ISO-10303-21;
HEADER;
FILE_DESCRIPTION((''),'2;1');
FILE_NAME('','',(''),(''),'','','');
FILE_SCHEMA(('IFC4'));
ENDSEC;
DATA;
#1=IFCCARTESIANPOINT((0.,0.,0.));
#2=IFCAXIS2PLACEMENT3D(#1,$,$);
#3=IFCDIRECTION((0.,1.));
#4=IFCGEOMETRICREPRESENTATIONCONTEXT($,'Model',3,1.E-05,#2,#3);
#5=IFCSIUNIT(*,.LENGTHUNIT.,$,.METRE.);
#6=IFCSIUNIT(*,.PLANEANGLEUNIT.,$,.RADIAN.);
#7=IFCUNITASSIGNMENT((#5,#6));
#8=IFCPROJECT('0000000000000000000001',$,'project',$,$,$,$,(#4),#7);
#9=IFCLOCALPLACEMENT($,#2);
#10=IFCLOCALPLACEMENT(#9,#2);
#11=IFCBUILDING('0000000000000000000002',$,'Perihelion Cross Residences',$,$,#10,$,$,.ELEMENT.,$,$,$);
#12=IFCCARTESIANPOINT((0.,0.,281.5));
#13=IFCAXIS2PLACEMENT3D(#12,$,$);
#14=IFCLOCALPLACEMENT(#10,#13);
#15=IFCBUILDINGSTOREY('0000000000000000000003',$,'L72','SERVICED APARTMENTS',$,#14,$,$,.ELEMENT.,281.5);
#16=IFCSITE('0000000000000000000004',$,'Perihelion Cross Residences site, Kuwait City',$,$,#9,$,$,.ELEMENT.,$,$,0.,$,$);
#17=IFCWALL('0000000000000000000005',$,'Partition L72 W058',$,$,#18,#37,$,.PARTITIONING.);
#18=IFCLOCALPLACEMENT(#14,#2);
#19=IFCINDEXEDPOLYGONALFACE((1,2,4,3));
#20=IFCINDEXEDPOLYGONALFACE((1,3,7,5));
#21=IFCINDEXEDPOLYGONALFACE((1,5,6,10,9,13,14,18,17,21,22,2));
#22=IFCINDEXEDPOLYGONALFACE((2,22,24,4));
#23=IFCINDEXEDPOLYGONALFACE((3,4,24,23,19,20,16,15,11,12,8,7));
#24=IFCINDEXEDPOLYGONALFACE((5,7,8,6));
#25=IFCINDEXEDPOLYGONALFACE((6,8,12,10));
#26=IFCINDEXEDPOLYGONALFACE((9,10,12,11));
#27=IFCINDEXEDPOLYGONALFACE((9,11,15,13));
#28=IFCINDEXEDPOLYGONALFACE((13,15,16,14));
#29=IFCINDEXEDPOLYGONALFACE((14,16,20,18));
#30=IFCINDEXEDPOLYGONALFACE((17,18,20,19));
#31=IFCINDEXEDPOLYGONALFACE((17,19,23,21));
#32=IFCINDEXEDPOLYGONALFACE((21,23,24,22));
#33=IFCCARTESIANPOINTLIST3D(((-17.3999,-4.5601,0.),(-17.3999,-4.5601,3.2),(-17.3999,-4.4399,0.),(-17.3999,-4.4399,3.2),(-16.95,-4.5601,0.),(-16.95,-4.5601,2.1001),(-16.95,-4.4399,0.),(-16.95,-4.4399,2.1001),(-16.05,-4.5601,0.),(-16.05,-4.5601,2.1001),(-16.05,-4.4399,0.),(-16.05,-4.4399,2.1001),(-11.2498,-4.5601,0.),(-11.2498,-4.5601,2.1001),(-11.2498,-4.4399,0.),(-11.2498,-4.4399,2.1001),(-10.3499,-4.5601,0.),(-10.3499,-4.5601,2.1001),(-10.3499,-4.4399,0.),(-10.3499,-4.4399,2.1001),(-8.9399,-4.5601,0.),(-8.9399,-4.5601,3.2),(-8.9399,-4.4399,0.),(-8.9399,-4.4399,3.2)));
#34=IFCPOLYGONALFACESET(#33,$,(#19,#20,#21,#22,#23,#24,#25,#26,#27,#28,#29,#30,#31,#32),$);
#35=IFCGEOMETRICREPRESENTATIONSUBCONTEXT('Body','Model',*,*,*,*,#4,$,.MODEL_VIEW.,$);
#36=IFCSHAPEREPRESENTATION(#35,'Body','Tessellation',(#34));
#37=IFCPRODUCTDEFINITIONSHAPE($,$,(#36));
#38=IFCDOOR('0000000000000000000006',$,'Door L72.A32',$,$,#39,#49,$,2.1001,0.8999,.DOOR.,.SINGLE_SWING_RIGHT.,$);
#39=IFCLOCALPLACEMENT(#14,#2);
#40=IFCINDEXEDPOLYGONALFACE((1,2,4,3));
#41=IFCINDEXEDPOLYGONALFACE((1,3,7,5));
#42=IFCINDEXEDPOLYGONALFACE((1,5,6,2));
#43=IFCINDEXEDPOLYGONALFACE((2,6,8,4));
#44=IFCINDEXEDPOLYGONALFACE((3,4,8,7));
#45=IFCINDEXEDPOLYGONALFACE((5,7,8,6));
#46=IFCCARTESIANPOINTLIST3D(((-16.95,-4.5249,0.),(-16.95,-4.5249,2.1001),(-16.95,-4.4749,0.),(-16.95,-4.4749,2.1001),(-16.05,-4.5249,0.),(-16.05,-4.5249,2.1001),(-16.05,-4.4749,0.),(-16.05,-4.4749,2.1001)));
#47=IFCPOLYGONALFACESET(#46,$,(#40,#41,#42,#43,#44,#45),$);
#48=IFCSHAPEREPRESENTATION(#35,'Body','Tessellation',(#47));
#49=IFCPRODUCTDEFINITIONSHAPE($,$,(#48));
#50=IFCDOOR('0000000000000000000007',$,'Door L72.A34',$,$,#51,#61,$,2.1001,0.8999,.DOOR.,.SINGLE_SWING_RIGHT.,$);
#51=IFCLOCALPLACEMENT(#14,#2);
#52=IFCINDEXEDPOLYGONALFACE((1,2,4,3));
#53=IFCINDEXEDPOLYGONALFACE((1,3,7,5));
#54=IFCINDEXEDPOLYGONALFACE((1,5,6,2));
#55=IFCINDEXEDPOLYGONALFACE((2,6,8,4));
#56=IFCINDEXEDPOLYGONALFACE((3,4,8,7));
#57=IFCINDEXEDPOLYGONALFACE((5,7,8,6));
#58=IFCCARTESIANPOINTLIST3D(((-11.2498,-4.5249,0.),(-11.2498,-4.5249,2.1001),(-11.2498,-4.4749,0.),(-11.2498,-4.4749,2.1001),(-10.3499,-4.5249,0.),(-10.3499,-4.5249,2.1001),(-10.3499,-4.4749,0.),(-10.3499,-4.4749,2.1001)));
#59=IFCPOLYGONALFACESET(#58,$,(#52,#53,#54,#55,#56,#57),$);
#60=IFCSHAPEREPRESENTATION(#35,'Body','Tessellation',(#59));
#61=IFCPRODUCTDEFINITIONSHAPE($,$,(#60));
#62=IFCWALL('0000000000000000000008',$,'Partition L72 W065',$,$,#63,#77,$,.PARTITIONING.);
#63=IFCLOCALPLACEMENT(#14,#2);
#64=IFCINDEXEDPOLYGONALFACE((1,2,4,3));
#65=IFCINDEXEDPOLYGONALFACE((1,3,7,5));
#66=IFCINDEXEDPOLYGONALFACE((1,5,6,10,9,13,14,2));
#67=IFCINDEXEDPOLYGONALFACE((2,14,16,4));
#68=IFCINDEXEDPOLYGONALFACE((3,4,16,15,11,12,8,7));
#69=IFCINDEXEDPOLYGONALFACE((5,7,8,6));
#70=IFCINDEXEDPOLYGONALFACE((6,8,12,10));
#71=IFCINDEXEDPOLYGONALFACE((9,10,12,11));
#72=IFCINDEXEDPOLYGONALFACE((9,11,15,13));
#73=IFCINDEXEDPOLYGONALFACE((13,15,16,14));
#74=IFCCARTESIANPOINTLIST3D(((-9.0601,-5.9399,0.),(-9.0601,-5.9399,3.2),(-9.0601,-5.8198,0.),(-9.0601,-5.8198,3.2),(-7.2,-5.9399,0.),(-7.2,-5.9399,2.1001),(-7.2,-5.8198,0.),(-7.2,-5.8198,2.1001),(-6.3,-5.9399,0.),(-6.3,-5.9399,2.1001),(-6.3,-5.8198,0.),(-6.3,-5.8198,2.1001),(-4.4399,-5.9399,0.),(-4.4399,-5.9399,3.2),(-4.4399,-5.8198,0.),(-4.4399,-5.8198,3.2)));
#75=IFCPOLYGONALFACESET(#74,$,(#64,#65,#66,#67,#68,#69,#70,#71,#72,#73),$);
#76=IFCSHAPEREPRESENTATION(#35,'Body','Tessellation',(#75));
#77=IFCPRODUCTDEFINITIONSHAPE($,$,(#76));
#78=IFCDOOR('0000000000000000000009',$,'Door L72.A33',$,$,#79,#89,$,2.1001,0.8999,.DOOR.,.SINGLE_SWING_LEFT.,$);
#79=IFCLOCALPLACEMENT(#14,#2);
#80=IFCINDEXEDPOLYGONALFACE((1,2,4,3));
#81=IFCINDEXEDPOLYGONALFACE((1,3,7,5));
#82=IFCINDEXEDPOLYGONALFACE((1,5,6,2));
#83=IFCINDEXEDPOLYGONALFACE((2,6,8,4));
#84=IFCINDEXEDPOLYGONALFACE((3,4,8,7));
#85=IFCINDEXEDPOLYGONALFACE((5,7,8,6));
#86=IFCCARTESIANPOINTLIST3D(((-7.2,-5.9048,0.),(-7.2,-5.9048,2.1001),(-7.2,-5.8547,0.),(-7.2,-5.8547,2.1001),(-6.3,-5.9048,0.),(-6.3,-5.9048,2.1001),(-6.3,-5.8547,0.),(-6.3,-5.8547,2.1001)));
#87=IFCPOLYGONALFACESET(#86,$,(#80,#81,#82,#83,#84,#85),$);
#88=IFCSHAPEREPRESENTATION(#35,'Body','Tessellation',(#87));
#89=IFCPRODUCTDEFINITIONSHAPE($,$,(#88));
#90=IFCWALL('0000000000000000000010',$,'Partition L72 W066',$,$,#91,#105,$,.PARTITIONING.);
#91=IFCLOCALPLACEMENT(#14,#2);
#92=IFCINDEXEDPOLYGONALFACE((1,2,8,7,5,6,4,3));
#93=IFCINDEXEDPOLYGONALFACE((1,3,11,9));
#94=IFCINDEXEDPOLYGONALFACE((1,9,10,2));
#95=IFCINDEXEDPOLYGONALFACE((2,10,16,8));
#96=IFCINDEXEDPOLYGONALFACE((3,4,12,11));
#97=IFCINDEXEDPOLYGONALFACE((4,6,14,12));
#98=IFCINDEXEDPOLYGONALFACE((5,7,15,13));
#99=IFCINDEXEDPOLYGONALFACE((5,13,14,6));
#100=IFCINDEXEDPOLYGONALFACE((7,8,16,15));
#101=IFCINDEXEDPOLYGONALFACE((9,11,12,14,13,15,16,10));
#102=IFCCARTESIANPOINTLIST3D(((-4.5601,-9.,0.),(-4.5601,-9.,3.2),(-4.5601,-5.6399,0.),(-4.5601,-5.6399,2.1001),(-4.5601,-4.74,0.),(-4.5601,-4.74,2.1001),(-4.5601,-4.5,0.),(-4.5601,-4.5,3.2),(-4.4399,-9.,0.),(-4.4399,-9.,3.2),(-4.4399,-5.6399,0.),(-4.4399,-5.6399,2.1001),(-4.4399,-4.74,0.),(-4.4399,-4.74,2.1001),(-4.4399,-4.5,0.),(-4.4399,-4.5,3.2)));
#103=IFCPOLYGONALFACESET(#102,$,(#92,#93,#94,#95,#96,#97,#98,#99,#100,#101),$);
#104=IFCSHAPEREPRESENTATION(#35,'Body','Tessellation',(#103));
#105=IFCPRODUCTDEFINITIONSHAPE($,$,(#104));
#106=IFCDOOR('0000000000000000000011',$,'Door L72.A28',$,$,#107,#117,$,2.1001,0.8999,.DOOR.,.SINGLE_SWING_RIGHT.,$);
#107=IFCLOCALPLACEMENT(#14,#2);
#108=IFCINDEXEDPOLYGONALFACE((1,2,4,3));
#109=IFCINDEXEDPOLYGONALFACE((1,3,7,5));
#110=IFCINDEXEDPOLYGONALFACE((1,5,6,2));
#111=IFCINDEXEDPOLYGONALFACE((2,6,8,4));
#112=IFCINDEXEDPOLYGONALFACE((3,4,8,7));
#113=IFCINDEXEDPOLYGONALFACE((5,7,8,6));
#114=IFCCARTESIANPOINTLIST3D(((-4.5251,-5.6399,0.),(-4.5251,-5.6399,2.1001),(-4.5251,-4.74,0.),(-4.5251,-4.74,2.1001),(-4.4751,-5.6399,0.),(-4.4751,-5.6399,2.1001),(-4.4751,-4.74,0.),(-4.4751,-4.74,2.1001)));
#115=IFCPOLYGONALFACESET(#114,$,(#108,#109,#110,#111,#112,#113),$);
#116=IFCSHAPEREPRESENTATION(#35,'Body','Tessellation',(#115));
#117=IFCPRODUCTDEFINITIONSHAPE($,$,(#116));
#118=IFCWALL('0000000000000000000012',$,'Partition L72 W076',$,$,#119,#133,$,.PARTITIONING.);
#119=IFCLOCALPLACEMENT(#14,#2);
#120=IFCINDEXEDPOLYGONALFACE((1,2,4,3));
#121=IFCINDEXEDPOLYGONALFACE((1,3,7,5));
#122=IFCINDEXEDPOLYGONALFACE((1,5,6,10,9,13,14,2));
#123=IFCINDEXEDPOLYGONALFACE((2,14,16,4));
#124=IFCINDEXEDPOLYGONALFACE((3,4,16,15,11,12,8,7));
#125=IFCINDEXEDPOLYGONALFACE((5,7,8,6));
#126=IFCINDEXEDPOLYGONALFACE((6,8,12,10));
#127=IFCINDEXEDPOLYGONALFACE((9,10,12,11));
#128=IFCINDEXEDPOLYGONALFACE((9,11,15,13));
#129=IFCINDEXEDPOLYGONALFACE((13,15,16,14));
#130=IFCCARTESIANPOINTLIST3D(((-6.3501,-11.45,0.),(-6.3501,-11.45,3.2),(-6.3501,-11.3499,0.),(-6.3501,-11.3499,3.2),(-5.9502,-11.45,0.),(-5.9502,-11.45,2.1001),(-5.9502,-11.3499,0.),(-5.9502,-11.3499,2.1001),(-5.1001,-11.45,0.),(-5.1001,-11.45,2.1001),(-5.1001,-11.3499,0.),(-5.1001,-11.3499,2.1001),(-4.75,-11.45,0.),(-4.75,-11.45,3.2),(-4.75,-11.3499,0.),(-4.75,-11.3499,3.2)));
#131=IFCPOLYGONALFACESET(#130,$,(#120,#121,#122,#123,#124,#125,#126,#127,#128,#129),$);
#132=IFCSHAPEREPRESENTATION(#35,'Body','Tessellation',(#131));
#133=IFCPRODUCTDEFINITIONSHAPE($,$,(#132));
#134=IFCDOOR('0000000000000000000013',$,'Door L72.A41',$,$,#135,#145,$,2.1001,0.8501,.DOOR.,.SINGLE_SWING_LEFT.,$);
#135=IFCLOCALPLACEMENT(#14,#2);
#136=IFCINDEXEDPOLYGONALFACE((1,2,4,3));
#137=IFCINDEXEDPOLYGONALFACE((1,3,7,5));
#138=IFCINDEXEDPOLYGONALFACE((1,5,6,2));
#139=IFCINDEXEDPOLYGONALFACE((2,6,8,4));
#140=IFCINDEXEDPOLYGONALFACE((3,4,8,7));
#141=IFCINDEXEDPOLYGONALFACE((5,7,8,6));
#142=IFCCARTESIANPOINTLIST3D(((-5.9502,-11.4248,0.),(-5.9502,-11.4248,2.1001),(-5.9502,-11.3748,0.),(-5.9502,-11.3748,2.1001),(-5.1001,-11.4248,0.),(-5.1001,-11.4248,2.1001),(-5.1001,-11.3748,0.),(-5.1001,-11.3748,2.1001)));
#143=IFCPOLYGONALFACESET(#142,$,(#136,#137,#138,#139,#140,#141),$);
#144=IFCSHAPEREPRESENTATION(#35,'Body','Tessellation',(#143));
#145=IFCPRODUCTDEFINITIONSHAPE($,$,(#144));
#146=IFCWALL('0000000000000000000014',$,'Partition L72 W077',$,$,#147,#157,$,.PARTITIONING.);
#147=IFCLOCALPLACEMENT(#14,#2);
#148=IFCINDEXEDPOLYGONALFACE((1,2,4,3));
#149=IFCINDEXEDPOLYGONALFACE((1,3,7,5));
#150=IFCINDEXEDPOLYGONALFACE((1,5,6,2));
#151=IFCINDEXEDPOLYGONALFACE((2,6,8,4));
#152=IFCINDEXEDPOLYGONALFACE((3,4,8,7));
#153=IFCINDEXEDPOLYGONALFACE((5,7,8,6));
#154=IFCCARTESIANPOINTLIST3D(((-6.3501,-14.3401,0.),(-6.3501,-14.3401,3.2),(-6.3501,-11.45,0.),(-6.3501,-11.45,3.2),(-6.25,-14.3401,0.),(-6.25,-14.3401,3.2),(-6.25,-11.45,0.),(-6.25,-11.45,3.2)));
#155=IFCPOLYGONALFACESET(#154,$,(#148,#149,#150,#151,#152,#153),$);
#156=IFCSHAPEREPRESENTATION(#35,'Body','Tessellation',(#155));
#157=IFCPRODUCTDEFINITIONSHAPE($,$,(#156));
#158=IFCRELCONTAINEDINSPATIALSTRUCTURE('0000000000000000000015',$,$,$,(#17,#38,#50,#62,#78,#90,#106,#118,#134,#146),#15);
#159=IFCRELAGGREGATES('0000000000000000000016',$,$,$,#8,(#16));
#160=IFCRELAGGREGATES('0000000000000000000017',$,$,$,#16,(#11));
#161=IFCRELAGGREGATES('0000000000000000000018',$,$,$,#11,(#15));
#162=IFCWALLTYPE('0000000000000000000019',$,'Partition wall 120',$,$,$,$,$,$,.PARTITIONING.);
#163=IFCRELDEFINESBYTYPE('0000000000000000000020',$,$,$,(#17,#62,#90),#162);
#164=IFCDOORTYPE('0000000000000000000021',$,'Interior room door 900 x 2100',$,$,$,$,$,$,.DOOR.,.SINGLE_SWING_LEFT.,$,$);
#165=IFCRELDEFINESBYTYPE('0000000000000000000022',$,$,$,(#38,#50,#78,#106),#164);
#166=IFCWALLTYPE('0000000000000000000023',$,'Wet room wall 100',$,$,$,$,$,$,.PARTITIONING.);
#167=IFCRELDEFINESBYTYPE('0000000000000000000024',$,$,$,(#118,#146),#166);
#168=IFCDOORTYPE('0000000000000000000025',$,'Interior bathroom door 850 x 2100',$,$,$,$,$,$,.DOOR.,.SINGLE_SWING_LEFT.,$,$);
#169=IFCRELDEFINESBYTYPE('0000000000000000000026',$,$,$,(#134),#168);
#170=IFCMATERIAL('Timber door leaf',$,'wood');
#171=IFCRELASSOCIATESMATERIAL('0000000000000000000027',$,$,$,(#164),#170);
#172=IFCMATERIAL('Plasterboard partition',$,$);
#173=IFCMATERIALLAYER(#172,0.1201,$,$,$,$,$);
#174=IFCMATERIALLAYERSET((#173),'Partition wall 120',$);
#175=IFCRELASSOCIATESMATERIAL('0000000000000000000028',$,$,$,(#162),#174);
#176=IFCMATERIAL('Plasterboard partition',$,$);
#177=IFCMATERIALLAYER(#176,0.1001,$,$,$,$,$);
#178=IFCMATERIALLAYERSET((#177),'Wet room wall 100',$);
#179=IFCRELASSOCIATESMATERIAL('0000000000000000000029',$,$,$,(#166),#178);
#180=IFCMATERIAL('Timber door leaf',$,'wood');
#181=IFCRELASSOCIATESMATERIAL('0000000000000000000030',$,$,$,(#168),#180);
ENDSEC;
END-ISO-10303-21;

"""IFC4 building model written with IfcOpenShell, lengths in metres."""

from ifc_helpers import new_model, si_unit, direction, frame, frame_2d, origin, place, context, subcontext, project, spatial, rectangle, extrude, material, layer, layer_set, type_object, element, fill, save


model = new_model("IFC4")

# Units and contexts
model_context = context("Model", 3, precision=1e-05, world=origin(), true_north=direction((0.0, 1.0)))
body_context = subcontext(model_context, "Body", "Model", "MODEL_VIEW")
ifc_project = project(units=[si_unit("LENGTHUNIT", "METRE"), si_unit("PLANEANGLEUNIT", "RADIAN")], contexts=[model_context])

# Site, building, storey
site_placement = place(None, origin())
site = spatial("IfcSite", under=ifc_project, at=site_placement, Name="Perihelion Cross Residences site, Kuwait City", CompositionType="ELEMENT", RefElevation=0.0)
building_placement = place(site_placement, origin())
building = spatial("IfcBuilding", under=site, at=building_placement, Name="Perihelion Cross Residences", CompositionType="ELEMENT")
storey_placement = place(building_placement, frame((0.0, 0.0, 281.5)))
storey = spatial("IfcBuildingStorey", under=building, at=storey_placement, Name="L72", Description="SERVICED APARTMENTS", CompositionType="ELEMENT", Elevation=281.5)

# Shared definitions
ifc_material_1 = material(Name="Timber door leaf", Category="wood")
door_type_1 = type_object("IfcDoorType", Name="Interior room door 900 x 2100", OperationType="SINGLE_SWING_LEFT", PredefinedType="DOOR", material=ifc_material_1)

# Shared definitions
ifc_material_2 = material(Name="Plasterboard partition")
ifc_layer_1 = layer(ifc_material_2, 0.1201)
ifc_layer_set_1 = layer_set([ifc_layer_1], Name="Partition wall 120")
wall_type_1 = type_object("IfcWallType", Name="Partition wall 120", PredefinedType="PARTITIONING", material=ifc_layer_set_1)

# Wall, openings, doors
wall_1_placement = place(storey_placement, frame((-8.9399, -4.5, 0.0), z_axis=(0.0, 0.0, 1.0), x_axis=(-1.0, 0.0, 0.0)))
wall_1 = element("IfcWall", 1, at=wall_1_placement, inside=storey, type_object=wall_type_1, Name="Partition L72 W058", PredefinedType="PARTITIONING", context=body_context, shape_type="SweptSolid", body=[
    extrude(rectangle(XDim=8.46, YDim=0.1201, at=frame_2d((4.23, 0.0))), origin(), (0.0, 0.0, 1.0), 3.2),
])
opening_1_placement = place(wall_1_placement, frame((7.1101, 0.0, 0.0)))
opening_1 = element("IfcOpeningElement", 2, at=opening_1_placement, cuts=wall_1, PredefinedType="OPENING", context=body_context, shape_type="SweptSolid", body=[
    extrude(rectangle(XDim=0.8999, YDim=2.1001, at=frame_2d((0.45, 1.05))), frame((0.0, 0.0701, 0.0), z_axis=(0.0, -1.0, 0.0), x_axis=(1.0, 0.0, 0.0)), (0.0, 0.0, 1.0), 0.1401),
])
opening_2_placement = place(wall_1_placement, frame((1.4099, 0.0, 0.0)))
opening_2 = element("IfcOpeningElement", 3, at=opening_2_placement, cuts=wall_1, PredefinedType="OPENING", context=body_context, shape_type="SweptSolid", body=[
    extrude(rectangle(XDim=0.8999, YDim=2.1001, at=frame_2d((0.45, 1.05))), frame((0.0, 0.0701, 0.0), z_axis=(0.0, -1.0, 0.0), x_axis=(1.0, 0.0, 0.0)), (0.0, 0.0, 1.0), 0.1401),
])
door_1_placement = place(opening_1_placement, origin())
door_1 = element("IfcDoor", 4, at=door_1_placement, inside=storey, type_object=door_type_1, Name="Door L72.A32", OperationType="SINGLE_SWING_RIGHT", OverallHeight=2.1001, OverallWidth=0.8999, PredefinedType="DOOR", context=body_context, shape_type="SweptSolid", body=[
    extrude(rectangle(XDim=0.8999, YDim=2.1001, at=frame_2d((0.45, 1.05))), frame((0.0, 0.0249, 0.0), z_axis=(0.0, -1.0, 0.0), x_axis=(1.0, 0.0, 0.0)), (0.0, 0.0, 1.0), 0.05),
])
fill(opening_1, door_1)
door_2_placement = place(opening_2_placement, origin())
door_2 = element("IfcDoor", 5, at=door_2_placement, inside=storey, type_object=door_type_1, Name="Door L72.A34", OperationType="SINGLE_SWING_RIGHT", OverallHeight=2.1001, OverallWidth=0.8999, PredefinedType="DOOR", context=body_context, shape_type="SweptSolid", body=[
    extrude(rectangle(XDim=0.8999, YDim=2.1001, at=frame_2d((0.45, 1.05))), frame((0.0, 0.0249, 0.0), z_axis=(0.0, -1.0, 0.0), x_axis=(1.0, 0.0, 0.0)), (0.0, 0.0, 1.0), 0.05),
])
fill(opening_2, door_2)

# Walls, openings, doors
wall_2_placement = place(storey_placement, frame((-4.4399, -5.8799, 0.0), z_axis=(0.0, 0.0, 1.0), x_axis=(-1.0, 0.0, 0.0)))
wall_2 = element("IfcWall", 6, at=wall_2_placement, inside=storey, type_object=wall_type_1, Name="Partition L72 W065", PredefinedType="PARTITIONING", context=body_context, shape_type="SweptSolid", body=[
    extrude(rectangle(XDim=4.6201, YDim=0.1201, at=frame_2d((2.3101, 0.0))), origin(), (0.0, 0.0, 1.0), 3.2),
])
opening_3_placement = place(wall_2_placement, frame((1.8601, 0.0, 0.0)))
opening_3 = element("IfcOpeningElement", 7, at=opening_3_placement, cuts=wall_2, PredefinedType="OPENING", context=body_context, shape_type="SweptSolid", body=[
    extrude(rectangle(XDim=0.8999, YDim=2.1001, at=frame_2d((0.45, 1.05))), frame((0.0, 0.0701, 0.0), z_axis=(0.0, -1.0, 0.0), x_axis=(1.0, 0.0, 0.0)), (0.0, 0.0, 1.0), 0.1401),
])
door_3_placement = place(opening_3_placement, origin())
door_3 = element("IfcDoor", 8, at=door_3_placement, inside=storey, type_object=door_type_1, Name="Door L72.A33", OperationType="SINGLE_SWING_LEFT", OverallHeight=2.1001, OverallWidth=0.8999, PredefinedType="DOOR", context=body_context, shape_type="SweptSolid", body=[
    extrude(rectangle(XDim=0.8999, YDim=2.1001, at=frame_2d((0.45, 1.05))), frame((0.0, 0.0249, 0.0), z_axis=(0.0, -1.0, 0.0), x_axis=(1.0, 0.0, 0.0)), (0.0, 0.0, 1.0), 0.05),
])
fill(opening_3, door_3)
wall_3_placement = place(storey_placement, frame((-4.5, -4.5, 0.0), z_axis=(0.0, 0.0, 1.0), x_axis=(0.0, -1.0, 0.0)))
wall_3 = element("IfcWall", 9, at=wall_3_placement, inside=storey, type_object=wall_type_1, Name="Partition L72 W066", PredefinedType="PARTITIONING", context=body_context, shape_type="SweptSolid", body=[
    extrude(rectangle(XDim=4.5, YDim=0.1201, at=frame_2d((2.25, 0.0))), origin(), (0.0, 0.0, 1.0), 3.2),
])
opening_4_placement = place(wall_3_placement, frame((0.24, 0.0, 0.0)))
opening_4 = element("IfcOpeningElement", 10, at=opening_4_placement, cuts=wall_3, PredefinedType="OPENING", context=body_context, shape_type="SweptSolid", body=[
    extrude(rectangle(XDim=0.8999, YDim=2.1001, at=frame_2d((0.45, 1.05))), frame((0.0, 0.0701, 0.0), z_axis=(0.0, -1.0, 0.0), x_axis=(1.0, 0.0, 0.0)), (0.0, 0.0, 1.0), 0.1401),
])
door_4_placement = place(opening_4_placement, origin())
door_4 = element("IfcDoor", 11, at=door_4_placement, inside=storey, type_object=door_type_1, Name="Door L72.A28", OperationType="SINGLE_SWING_RIGHT", OverallHeight=2.1001, OverallWidth=0.8999, PredefinedType="DOOR", context=body_context, shape_type="SweptSolid", body=[
    extrude(rectangle(XDim=0.8999, YDim=2.1001, at=frame_2d((0.45, 1.05))), frame((0.0, 0.0249, 0.0), z_axis=(0.0, -1.0, 0.0), x_axis=(1.0, 0.0, 0.0)), (0.0, 0.0, 1.0), 0.05),
])
fill(opening_4, door_4)
ifc_material_3 = material(Name="Plasterboard partition")
ifc_layer_2 = layer(ifc_material_3, 0.1001)
ifc_layer_set_2 = layer_set([ifc_layer_2], Name="Wet room wall 100")
wall_type_2 = type_object("IfcWallType", Name="Wet room wall 100", PredefinedType="PARTITIONING", material=ifc_layer_set_2)
wall_4_placement = place(storey_placement, frame((-4.75, -11.3999, 0.0), z_axis=(0.0, 0.0, 1.0), x_axis=(-1.0, 0.0, 0.0)))
wall_4 = element("IfcWall", 12, at=wall_4_placement, inside=storey, type_object=wall_type_2, Name="Partition L72 W076", PredefinedType="PARTITIONING", context=body_context, shape_type="SweptSolid", body=[
    extrude(rectangle(XDim=1.6001, YDim=0.1001, at=frame_2d((0.8, 0.0))), origin(), (0.0, 0.0, 1.0), 3.2),
])
opening_5_placement = place(wall_4_placement, frame((0.3501, 0.0, 0.0)))
opening_5 = element("IfcOpeningElement", 13, at=opening_5_placement, cuts=wall_4, PredefinedType="OPENING", context=body_context, shape_type="SweptSolid", body=[
    extrude(rectangle(XDim=0.8501, YDim=2.1001, at=frame_2d((0.425, 1.05))), frame((0.0, 0.0601, 0.0), z_axis=(0.0, -1.0, 0.0), x_axis=(1.0, 0.0, 0.0)), (0.0, 0.0, 1.0), 0.1201),
])
ifc_material_4 = material(Name="Timber door leaf", Category="wood")
door_type_2 = type_object("IfcDoorType", Name="Interior bathroom door 850 x 2100", OperationType="SINGLE_SWING_LEFT", PredefinedType="DOOR", material=ifc_material_4)
door_5_placement = place(opening_5_placement, origin())
door_5 = element("IfcDoor", 14, at=door_5_placement, inside=storey, type_object=door_type_2, Name="Door L72.A41", OperationType="SINGLE_SWING_LEFT", OverallHeight=2.1001, OverallWidth=0.8501, PredefinedType="DOOR", context=body_context, shape_type="SweptSolid", body=[
    extrude(rectangle(XDim=0.8501, YDim=2.1001, at=frame_2d((0.425, 1.05))), frame((0.0, 0.0249, 0.0), z_axis=(0.0, -1.0, 0.0), x_axis=(1.0, 0.0, 0.0)), (0.0, 0.0, 1.0), 0.05),
])
fill(opening_5, door_5)

# Wall
wall_5_placement = place(storey_placement, frame((-6.3, -11.45, 0.0), z_axis=(0.0, 0.0, 1.0), x_axis=(0.0, -1.0, 0.0)))
element("IfcWall", 15, at=wall_5_placement, inside=storey, type_object=wall_type_2, Name="Partition L72 W077", PredefinedType="PARTITIONING", context=body_context, shape_type="SweptSolid", body=[
    extrude(rectangle(XDim=2.8901, YDim=0.1001, at=frame_2d((1.4451, 0.0))), origin(), (0.0, 0.0, 1.0), 3.2),
])

save(model, "model.ifc")
